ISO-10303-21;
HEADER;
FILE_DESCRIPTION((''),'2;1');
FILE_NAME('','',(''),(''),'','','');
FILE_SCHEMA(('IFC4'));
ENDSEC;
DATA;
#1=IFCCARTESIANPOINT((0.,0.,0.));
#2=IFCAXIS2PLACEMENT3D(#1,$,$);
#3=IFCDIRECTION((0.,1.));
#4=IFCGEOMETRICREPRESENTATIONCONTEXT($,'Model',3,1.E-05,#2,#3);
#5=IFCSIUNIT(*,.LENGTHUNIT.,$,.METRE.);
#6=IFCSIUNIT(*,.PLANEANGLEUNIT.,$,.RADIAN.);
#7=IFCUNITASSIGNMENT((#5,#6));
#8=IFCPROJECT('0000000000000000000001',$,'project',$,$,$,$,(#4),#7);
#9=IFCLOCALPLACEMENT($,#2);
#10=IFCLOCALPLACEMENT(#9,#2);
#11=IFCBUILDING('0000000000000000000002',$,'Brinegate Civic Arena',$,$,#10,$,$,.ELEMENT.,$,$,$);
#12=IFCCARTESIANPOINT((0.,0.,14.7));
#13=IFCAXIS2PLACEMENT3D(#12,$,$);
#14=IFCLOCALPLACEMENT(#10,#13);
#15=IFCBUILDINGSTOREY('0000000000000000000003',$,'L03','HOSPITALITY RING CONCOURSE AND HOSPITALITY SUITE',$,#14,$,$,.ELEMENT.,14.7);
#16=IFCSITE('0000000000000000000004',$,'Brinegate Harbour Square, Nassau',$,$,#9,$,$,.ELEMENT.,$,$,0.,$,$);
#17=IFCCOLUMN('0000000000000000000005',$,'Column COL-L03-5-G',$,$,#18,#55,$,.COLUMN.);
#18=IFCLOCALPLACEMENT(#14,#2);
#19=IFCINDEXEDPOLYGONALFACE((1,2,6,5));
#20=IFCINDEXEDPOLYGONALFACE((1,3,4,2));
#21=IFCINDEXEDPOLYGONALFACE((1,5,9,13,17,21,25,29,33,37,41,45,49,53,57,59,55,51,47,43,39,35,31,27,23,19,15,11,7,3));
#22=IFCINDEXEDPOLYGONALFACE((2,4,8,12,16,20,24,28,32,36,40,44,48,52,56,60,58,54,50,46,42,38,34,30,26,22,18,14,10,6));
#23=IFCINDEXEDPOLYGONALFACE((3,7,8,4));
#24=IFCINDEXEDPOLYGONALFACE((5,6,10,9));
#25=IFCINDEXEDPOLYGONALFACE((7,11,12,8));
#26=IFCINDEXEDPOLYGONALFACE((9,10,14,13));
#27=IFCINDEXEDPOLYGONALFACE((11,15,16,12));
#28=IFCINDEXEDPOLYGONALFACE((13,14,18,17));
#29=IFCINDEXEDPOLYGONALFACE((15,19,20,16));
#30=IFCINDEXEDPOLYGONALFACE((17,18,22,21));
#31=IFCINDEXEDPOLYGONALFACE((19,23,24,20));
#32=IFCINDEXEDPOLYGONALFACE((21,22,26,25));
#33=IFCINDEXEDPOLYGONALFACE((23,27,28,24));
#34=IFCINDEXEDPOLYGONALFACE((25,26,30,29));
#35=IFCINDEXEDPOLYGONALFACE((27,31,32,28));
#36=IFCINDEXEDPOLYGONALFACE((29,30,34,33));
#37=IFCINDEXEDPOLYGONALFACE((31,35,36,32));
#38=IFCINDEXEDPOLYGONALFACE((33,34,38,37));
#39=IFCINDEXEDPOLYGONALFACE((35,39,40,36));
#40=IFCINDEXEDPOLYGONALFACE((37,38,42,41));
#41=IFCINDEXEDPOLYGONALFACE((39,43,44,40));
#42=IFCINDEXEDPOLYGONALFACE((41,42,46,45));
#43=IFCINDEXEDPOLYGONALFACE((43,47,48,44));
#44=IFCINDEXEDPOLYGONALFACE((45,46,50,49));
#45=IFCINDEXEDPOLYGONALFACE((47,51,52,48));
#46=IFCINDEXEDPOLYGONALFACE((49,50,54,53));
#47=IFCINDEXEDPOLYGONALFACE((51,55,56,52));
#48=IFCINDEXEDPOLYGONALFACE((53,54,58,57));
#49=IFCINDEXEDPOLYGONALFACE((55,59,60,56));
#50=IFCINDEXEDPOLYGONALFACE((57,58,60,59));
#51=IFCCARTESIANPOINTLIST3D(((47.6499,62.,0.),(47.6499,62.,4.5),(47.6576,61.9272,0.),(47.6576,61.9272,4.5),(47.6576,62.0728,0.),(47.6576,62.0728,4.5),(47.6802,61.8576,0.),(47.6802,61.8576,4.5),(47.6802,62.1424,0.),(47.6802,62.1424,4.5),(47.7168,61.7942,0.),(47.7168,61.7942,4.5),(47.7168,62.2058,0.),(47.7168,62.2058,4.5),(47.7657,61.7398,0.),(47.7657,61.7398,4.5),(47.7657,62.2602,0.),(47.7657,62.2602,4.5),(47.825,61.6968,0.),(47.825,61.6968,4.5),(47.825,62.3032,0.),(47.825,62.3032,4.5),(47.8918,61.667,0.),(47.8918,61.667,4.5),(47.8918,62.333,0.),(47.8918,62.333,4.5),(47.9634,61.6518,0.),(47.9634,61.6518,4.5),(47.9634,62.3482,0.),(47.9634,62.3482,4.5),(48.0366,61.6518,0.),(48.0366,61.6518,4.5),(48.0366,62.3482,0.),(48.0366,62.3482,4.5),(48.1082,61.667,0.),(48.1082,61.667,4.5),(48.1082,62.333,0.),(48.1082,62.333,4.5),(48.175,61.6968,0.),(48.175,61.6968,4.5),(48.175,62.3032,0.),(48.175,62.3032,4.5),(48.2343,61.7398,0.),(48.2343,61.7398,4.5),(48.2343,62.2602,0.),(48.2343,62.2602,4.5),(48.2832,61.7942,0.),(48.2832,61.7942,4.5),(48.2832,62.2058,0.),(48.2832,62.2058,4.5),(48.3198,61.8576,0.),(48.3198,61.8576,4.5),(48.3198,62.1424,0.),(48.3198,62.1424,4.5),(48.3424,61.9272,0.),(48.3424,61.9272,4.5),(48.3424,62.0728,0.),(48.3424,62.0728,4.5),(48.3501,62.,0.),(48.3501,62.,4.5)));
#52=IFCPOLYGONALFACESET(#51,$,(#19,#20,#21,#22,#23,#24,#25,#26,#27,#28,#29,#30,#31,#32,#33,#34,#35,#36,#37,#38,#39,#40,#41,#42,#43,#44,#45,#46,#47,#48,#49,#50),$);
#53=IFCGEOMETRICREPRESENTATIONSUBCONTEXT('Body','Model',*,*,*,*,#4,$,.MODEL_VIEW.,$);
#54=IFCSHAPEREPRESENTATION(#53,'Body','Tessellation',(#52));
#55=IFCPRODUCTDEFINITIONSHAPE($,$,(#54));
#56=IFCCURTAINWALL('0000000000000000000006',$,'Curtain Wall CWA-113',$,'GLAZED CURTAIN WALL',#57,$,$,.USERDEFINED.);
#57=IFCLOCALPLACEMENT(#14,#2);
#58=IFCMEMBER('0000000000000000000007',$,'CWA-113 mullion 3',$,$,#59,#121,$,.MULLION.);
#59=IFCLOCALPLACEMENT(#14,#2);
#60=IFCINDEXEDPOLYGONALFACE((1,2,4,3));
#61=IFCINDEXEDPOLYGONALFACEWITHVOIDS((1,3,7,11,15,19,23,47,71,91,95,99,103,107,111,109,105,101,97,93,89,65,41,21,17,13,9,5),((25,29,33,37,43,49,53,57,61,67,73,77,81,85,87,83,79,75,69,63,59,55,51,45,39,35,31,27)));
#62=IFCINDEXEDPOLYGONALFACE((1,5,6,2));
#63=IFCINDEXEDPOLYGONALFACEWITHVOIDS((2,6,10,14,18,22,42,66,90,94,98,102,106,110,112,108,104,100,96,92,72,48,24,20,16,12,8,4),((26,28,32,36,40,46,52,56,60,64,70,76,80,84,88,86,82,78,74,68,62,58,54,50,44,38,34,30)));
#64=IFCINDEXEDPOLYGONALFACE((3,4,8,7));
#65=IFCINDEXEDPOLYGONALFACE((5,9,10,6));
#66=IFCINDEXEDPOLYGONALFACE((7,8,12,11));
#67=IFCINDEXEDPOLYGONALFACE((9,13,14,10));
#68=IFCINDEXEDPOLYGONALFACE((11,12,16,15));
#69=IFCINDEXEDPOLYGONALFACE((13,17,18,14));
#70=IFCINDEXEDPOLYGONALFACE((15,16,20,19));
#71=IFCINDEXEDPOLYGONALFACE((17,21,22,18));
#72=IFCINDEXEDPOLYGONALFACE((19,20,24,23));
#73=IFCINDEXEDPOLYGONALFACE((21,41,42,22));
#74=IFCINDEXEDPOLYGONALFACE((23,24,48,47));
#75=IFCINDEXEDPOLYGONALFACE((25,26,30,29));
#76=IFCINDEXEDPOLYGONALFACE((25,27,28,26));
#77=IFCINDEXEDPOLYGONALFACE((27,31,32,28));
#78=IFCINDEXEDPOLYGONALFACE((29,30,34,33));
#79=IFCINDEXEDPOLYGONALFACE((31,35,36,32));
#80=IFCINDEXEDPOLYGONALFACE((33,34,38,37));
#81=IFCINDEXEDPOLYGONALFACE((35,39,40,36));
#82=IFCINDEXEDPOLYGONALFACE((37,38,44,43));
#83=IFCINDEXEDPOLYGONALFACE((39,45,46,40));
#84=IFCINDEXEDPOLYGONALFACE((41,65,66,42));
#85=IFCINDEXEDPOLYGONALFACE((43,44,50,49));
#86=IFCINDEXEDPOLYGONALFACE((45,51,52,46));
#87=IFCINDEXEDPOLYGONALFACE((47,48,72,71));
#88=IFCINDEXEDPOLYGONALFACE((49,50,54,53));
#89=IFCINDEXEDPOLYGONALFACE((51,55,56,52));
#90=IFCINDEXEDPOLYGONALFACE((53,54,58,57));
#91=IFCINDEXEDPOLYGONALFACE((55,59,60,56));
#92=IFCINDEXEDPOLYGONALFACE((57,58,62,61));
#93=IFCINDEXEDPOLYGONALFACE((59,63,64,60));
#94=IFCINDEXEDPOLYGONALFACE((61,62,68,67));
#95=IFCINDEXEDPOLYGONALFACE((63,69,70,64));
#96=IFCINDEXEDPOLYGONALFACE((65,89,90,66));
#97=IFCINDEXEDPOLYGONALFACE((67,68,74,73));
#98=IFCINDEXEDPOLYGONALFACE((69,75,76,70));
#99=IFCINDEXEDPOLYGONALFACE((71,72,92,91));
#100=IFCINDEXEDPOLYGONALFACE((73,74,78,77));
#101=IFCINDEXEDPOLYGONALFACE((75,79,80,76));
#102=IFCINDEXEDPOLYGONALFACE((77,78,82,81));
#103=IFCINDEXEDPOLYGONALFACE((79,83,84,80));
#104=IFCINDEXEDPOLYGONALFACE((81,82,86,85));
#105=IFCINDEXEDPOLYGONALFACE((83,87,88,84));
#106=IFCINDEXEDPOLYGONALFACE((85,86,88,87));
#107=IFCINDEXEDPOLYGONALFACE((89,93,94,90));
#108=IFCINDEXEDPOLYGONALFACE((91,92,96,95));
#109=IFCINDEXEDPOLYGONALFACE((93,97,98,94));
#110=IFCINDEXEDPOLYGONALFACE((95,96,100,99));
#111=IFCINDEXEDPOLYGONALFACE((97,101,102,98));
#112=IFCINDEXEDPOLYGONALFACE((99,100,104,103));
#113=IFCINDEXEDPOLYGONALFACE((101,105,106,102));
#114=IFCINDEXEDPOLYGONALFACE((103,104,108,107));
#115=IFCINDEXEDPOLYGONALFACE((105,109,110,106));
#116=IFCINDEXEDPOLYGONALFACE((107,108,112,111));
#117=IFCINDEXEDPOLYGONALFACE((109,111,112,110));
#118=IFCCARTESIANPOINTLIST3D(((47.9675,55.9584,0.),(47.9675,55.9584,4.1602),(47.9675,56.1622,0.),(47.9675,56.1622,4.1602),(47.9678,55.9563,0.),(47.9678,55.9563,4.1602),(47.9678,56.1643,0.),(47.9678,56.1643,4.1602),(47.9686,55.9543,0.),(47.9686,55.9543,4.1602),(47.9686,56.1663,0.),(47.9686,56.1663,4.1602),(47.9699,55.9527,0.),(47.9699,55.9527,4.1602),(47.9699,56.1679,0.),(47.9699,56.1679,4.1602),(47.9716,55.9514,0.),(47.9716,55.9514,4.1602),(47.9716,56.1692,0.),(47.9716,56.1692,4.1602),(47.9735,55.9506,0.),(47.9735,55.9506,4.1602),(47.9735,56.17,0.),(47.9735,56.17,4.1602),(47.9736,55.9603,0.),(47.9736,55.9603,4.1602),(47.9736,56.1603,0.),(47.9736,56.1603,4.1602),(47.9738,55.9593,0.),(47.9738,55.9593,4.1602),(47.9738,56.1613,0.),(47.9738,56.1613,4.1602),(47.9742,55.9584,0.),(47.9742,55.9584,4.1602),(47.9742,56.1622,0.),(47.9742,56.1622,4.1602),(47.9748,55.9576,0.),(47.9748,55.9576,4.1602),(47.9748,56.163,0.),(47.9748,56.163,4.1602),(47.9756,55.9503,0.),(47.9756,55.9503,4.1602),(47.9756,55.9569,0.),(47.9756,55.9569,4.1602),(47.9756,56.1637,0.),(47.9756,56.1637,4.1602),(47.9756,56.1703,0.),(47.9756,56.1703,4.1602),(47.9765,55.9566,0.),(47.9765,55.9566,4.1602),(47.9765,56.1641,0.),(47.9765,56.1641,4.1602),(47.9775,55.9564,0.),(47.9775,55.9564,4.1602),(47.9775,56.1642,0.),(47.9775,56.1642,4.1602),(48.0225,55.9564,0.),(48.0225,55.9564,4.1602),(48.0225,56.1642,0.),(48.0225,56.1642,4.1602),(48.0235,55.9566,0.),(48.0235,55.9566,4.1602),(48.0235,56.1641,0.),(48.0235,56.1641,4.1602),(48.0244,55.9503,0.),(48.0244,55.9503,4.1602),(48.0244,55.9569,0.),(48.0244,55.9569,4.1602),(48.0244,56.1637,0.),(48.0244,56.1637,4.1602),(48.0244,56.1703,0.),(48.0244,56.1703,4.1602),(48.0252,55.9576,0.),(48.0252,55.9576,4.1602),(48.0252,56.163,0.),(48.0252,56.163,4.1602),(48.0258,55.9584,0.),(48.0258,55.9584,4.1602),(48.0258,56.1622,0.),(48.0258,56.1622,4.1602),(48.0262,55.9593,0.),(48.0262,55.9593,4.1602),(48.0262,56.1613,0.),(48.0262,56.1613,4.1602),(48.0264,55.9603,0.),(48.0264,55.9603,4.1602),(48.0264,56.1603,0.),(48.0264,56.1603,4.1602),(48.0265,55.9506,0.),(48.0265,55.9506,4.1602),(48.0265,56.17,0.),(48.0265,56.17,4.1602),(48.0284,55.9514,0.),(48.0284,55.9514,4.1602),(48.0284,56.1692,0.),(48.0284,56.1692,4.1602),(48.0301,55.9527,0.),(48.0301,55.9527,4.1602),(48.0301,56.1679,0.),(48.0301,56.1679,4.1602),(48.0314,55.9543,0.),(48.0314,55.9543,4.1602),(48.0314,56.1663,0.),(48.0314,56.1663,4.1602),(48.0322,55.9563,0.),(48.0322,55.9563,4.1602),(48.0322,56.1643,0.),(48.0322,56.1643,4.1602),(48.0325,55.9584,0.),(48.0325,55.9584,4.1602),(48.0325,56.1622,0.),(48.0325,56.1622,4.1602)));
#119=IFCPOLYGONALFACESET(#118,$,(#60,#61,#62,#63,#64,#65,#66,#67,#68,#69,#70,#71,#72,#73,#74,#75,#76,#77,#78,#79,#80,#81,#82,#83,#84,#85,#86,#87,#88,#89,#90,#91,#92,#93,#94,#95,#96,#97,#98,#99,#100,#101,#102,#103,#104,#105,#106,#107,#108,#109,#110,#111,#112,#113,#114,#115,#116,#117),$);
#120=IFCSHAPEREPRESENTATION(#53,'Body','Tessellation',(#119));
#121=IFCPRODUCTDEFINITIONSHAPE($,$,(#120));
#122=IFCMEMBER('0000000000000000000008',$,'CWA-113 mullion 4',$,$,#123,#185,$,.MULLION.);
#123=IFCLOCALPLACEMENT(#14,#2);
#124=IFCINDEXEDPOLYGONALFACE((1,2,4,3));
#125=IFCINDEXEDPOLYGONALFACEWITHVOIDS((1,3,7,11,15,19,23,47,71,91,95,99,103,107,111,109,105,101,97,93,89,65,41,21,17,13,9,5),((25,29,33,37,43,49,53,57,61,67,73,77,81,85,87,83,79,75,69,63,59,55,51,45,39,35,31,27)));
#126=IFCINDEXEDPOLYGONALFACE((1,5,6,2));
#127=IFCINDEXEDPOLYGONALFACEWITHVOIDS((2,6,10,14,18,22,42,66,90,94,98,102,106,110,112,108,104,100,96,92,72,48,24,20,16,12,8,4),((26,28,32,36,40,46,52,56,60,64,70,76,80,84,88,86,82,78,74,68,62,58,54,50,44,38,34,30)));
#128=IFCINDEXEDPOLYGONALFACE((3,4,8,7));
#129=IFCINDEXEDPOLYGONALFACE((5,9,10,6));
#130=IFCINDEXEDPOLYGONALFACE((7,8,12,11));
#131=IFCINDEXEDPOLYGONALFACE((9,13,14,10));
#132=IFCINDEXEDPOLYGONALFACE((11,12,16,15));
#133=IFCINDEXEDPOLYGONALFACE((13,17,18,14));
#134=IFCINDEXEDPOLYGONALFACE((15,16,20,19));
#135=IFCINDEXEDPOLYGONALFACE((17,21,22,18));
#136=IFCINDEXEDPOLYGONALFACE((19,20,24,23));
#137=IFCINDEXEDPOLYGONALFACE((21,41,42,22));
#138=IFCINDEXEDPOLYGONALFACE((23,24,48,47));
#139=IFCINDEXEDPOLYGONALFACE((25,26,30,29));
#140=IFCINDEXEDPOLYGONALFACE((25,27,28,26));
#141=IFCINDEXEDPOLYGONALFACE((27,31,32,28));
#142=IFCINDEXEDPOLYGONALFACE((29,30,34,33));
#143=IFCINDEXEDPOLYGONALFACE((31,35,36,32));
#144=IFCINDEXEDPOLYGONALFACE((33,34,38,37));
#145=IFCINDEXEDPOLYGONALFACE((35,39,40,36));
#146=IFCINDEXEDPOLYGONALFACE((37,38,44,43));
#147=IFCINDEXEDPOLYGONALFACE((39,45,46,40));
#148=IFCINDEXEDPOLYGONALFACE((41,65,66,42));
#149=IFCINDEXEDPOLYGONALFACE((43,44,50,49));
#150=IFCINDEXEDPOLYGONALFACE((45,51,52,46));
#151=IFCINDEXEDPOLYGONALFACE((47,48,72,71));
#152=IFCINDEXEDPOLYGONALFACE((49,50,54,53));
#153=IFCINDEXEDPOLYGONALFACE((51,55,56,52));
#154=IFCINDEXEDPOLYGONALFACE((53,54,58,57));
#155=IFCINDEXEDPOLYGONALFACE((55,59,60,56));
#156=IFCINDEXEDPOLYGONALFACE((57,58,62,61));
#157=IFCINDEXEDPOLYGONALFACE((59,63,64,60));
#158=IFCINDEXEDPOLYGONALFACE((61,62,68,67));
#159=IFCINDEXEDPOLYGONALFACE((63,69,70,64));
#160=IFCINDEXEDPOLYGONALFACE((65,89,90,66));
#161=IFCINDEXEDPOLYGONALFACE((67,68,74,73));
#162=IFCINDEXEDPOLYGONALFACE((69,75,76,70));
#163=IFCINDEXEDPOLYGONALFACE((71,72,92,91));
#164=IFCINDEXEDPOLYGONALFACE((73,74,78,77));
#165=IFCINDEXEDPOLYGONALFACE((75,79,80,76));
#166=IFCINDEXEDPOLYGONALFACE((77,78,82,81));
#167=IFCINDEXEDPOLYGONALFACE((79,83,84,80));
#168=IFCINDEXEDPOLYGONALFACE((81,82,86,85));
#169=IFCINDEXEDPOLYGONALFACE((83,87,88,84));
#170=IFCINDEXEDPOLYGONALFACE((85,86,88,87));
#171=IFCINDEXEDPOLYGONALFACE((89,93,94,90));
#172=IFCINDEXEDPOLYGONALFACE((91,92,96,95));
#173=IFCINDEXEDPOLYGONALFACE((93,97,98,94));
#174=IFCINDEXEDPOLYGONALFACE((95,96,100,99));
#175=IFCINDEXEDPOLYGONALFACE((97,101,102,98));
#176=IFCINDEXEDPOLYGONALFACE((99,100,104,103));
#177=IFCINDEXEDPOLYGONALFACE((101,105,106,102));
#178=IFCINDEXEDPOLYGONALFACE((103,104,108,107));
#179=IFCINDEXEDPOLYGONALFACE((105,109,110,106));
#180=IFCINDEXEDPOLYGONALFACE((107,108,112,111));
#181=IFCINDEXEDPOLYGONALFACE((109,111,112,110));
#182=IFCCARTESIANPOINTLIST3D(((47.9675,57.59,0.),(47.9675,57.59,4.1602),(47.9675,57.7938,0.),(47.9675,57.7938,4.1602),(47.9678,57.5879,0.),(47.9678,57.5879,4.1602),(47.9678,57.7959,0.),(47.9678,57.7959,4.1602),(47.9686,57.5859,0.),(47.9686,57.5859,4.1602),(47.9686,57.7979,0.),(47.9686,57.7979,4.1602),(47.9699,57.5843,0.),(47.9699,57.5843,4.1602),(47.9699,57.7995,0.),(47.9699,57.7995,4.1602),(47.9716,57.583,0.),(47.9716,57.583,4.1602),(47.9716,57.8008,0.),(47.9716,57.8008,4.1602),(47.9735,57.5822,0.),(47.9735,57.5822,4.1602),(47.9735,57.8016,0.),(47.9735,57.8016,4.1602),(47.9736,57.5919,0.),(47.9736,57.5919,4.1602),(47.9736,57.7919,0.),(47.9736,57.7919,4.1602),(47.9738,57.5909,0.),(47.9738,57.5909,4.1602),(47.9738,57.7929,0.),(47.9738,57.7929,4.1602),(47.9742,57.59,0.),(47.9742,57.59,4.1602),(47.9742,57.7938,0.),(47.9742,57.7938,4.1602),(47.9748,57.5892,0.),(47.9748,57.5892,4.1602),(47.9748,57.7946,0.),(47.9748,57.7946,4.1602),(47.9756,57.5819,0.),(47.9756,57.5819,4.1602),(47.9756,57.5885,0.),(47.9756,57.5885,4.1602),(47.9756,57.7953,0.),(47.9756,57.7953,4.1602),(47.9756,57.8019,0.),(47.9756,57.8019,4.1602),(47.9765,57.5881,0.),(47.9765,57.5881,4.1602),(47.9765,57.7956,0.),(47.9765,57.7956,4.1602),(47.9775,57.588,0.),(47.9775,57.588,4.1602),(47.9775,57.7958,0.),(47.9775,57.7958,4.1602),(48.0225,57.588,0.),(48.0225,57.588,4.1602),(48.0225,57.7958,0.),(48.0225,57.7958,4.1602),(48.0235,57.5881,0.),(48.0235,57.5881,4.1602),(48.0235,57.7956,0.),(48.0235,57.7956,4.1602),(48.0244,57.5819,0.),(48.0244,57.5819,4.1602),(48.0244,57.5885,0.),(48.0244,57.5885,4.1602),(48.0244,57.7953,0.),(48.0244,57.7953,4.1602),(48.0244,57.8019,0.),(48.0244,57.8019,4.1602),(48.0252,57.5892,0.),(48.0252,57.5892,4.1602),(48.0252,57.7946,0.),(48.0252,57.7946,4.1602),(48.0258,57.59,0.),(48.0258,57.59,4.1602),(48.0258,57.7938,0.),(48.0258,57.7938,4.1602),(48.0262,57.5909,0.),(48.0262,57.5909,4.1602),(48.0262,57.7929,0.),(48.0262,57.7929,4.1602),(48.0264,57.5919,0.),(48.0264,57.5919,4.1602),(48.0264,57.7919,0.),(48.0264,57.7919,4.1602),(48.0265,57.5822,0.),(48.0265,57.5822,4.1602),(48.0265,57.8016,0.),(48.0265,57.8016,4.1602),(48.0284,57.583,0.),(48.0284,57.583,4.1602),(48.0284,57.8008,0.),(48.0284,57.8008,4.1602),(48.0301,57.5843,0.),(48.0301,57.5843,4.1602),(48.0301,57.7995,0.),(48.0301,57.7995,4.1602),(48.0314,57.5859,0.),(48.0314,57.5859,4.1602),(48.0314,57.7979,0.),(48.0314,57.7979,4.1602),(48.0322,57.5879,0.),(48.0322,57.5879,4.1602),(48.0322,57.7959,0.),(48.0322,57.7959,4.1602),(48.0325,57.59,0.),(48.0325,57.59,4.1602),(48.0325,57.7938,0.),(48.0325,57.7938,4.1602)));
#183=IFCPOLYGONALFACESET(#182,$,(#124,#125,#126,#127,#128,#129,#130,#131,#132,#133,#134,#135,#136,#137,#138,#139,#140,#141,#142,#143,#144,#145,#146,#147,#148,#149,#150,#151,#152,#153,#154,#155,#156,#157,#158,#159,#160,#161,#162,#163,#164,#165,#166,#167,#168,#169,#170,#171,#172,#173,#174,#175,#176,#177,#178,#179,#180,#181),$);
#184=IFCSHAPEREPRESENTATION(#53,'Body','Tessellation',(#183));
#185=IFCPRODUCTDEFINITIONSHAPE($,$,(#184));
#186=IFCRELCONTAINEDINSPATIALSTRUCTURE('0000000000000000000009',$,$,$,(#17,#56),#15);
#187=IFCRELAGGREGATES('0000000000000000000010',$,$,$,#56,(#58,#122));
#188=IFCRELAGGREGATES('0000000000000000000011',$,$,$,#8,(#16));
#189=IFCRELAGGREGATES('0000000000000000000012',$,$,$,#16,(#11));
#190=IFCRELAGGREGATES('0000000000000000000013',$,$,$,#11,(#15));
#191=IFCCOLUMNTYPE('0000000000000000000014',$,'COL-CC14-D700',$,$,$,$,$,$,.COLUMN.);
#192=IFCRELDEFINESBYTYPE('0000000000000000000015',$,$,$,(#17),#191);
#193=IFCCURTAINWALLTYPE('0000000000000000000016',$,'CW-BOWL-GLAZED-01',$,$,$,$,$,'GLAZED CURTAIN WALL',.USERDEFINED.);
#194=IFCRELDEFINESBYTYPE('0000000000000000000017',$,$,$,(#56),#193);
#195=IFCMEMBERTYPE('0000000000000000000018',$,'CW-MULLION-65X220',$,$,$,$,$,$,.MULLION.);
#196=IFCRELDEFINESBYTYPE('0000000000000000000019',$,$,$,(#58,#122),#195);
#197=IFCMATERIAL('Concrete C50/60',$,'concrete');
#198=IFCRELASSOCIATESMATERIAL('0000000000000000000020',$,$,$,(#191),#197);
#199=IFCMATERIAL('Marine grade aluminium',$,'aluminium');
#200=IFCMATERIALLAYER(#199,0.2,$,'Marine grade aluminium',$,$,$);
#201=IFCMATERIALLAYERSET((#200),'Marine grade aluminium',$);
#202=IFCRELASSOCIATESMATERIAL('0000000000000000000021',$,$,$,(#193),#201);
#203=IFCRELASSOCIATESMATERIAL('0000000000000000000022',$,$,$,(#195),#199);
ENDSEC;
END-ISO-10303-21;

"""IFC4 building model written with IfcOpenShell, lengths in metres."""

from ifc_helpers import new_model, si_unit, direction, frame, origin, origin_2d, place, context, subcontext, project, spatial, hollow_rectangle, circle, extrude, material, layer, layer_set, material_profile, profile_set, type_object, element, aggregate, save


model = new_model("IFC4")

# Units and contexts
model_context = context("Model", 3, precision=1e-05, world=origin(), true_north=direction((0.0, 1.0)))
body_context = subcontext(model_context, "Body", "Model", "MODEL_VIEW")
ifc_project = project(units=[si_unit("LENGTHUNIT", "METRE"), si_unit("PLANEANGLEUNIT", "RADIAN")], contexts=[model_context])

# Site, building, storey
site_placement = place(None, origin())
site = spatial("IfcSite", under=ifc_project, at=site_placement, Name="Brinegate Harbour Square, Nassau", CompositionType="ELEMENT", RefElevation=0.0)
building_placement = place(site_placement, origin())
building = spatial("IfcBuilding", under=site, at=building_placement, Name="Brinegate Civic Arena", CompositionType="ELEMENT")
storey_placement = place(building_placement, frame((0.0, 0.0, 14.7)))
storey = spatial("IfcBuildingStorey", under=building, at=storey_placement, Name="L03", Description="HOSPITALITY RING CONCOURSE AND HOSPITALITY SUITE", CompositionType="ELEMENT", Elevation=14.7)

# Column
ifc_material_1 = material(Name="Concrete C50/60", Category="concrete")
ifc_material_profile_1 = material_profile(ifc_material_1, circle(Radius=0.3501, at=origin_2d()), Name="RCD700")
ifc_profile_set_1 = profile_set([ifc_material_profile_1], Name="Concrete C50/60")
column_type = type_object("IfcColumnType", Name="COL-CC14-D700", PredefinedType="COLUMN", material=ifc_profile_set_1)
column_placement = place(storey_placement, frame((48.0, 62.0, 0.0), z_axis=(0.0, 0.0, 1.0), x_axis=(1.0, 0.0, 0.0)))
element("IfcColumn", 1, at=column_placement, inside=storey, type_object=column_type, Name="Column COL-L03-5-G", PredefinedType="COLUMN", context=body_context, shape_type="SweptSolid", body=[
    extrude(circle(Radius=0.3501, at=origin_2d()), origin(), (0.0, 0.0, 1.0), 4.5),
])

# Curtain wall, members
ifc_material_2 = material(Name="Marine grade aluminium", Category="aluminium")
ifc_layer_1 = layer(ifc_material_2, 0.2, Name="Marine grade aluminium")
ifc_layer_set_1 = layer_set([ifc_layer_1], Name="Marine grade aluminium")
curtain_wall_type = type_object("IfcCurtainWallType", Name="CW-BOWL-GLAZED-01", ElementType="GLAZED CURTAIN WALL", PredefinedType="USERDEFINED", material=ifc_layer_set_1)
curtain_wall_1_placement = place(storey_placement, origin())
curtain_wall_1 = element("IfcCurtainWall", 2, at=curtain_wall_1_placement, inside=storey, type_object=curtain_wall_type, Name="Curtain Wall CWA-113", ObjectType="GLAZED CURTAIN WALL", PredefinedType="USERDEFINED")
ifc_material_profile_2 = material_profile(ifc_material_2, hollow_rectangle(XDim=0.0649, YDim=0.22, WallThickness=0.0061, InnerFilletRadius=0.0039, OuterFilletRadius=0.0081, at=origin_2d()), Name="MUL65X220")
ifc_profile_set_2 = profile_set([ifc_material_profile_2], Name="Marine grade aluminium")
member_type_1 = type_object("IfcMemberType", Name="CW-MULLION-65X220", PredefinedType="MULLION", material=ifc_profile_set_2)
member_1_placement = place(storey_placement, frame((48.0, 56.0603, 0.0), z_axis=(0.0, 0.0, 1.0), x_axis=(-1.0, 0.0, 0.0)))
member_1 = element("IfcMember", 3, at=member_1_placement, type_object=member_type_1, Name="CWA-113 mullion 3", PredefinedType="MULLION", context=body_context, shape_type="SweptSolid", body=[
    extrude(hollow_rectangle(XDim=0.0649, YDim=0.22, WallThickness=0.0061, InnerFilletRadius=0.0039, OuterFilletRadius=0.0081, at=origin_2d()), origin(), (0.0, 0.0, 1.0), 4.1602),
])
member_2_placement = place(storey_placement, frame((48.0, 57.6919, 0.0), z_axis=(0.0, 0.0, 1.0), x_axis=(-1.0, 0.0, 0.0)))
member_2 = element("IfcMember", 4, at=member_2_placement, type_object=member_type_1, Name="CWA-113 mullion 4", PredefinedType="MULLION", context=body_context, shape_type="SweptSolid", body=[
    extrude(hollow_rectangle(XDim=0.0649, YDim=0.22, WallThickness=0.0061, InnerFilletRadius=0.0039, OuterFilletRadius=0.0081, at=origin_2d()), origin(), (0.0, 0.0, 1.0), 4.1602),
])

aggregate(curtain_wall_1, [member_1, member_2])

save(model, "model.ifc")
